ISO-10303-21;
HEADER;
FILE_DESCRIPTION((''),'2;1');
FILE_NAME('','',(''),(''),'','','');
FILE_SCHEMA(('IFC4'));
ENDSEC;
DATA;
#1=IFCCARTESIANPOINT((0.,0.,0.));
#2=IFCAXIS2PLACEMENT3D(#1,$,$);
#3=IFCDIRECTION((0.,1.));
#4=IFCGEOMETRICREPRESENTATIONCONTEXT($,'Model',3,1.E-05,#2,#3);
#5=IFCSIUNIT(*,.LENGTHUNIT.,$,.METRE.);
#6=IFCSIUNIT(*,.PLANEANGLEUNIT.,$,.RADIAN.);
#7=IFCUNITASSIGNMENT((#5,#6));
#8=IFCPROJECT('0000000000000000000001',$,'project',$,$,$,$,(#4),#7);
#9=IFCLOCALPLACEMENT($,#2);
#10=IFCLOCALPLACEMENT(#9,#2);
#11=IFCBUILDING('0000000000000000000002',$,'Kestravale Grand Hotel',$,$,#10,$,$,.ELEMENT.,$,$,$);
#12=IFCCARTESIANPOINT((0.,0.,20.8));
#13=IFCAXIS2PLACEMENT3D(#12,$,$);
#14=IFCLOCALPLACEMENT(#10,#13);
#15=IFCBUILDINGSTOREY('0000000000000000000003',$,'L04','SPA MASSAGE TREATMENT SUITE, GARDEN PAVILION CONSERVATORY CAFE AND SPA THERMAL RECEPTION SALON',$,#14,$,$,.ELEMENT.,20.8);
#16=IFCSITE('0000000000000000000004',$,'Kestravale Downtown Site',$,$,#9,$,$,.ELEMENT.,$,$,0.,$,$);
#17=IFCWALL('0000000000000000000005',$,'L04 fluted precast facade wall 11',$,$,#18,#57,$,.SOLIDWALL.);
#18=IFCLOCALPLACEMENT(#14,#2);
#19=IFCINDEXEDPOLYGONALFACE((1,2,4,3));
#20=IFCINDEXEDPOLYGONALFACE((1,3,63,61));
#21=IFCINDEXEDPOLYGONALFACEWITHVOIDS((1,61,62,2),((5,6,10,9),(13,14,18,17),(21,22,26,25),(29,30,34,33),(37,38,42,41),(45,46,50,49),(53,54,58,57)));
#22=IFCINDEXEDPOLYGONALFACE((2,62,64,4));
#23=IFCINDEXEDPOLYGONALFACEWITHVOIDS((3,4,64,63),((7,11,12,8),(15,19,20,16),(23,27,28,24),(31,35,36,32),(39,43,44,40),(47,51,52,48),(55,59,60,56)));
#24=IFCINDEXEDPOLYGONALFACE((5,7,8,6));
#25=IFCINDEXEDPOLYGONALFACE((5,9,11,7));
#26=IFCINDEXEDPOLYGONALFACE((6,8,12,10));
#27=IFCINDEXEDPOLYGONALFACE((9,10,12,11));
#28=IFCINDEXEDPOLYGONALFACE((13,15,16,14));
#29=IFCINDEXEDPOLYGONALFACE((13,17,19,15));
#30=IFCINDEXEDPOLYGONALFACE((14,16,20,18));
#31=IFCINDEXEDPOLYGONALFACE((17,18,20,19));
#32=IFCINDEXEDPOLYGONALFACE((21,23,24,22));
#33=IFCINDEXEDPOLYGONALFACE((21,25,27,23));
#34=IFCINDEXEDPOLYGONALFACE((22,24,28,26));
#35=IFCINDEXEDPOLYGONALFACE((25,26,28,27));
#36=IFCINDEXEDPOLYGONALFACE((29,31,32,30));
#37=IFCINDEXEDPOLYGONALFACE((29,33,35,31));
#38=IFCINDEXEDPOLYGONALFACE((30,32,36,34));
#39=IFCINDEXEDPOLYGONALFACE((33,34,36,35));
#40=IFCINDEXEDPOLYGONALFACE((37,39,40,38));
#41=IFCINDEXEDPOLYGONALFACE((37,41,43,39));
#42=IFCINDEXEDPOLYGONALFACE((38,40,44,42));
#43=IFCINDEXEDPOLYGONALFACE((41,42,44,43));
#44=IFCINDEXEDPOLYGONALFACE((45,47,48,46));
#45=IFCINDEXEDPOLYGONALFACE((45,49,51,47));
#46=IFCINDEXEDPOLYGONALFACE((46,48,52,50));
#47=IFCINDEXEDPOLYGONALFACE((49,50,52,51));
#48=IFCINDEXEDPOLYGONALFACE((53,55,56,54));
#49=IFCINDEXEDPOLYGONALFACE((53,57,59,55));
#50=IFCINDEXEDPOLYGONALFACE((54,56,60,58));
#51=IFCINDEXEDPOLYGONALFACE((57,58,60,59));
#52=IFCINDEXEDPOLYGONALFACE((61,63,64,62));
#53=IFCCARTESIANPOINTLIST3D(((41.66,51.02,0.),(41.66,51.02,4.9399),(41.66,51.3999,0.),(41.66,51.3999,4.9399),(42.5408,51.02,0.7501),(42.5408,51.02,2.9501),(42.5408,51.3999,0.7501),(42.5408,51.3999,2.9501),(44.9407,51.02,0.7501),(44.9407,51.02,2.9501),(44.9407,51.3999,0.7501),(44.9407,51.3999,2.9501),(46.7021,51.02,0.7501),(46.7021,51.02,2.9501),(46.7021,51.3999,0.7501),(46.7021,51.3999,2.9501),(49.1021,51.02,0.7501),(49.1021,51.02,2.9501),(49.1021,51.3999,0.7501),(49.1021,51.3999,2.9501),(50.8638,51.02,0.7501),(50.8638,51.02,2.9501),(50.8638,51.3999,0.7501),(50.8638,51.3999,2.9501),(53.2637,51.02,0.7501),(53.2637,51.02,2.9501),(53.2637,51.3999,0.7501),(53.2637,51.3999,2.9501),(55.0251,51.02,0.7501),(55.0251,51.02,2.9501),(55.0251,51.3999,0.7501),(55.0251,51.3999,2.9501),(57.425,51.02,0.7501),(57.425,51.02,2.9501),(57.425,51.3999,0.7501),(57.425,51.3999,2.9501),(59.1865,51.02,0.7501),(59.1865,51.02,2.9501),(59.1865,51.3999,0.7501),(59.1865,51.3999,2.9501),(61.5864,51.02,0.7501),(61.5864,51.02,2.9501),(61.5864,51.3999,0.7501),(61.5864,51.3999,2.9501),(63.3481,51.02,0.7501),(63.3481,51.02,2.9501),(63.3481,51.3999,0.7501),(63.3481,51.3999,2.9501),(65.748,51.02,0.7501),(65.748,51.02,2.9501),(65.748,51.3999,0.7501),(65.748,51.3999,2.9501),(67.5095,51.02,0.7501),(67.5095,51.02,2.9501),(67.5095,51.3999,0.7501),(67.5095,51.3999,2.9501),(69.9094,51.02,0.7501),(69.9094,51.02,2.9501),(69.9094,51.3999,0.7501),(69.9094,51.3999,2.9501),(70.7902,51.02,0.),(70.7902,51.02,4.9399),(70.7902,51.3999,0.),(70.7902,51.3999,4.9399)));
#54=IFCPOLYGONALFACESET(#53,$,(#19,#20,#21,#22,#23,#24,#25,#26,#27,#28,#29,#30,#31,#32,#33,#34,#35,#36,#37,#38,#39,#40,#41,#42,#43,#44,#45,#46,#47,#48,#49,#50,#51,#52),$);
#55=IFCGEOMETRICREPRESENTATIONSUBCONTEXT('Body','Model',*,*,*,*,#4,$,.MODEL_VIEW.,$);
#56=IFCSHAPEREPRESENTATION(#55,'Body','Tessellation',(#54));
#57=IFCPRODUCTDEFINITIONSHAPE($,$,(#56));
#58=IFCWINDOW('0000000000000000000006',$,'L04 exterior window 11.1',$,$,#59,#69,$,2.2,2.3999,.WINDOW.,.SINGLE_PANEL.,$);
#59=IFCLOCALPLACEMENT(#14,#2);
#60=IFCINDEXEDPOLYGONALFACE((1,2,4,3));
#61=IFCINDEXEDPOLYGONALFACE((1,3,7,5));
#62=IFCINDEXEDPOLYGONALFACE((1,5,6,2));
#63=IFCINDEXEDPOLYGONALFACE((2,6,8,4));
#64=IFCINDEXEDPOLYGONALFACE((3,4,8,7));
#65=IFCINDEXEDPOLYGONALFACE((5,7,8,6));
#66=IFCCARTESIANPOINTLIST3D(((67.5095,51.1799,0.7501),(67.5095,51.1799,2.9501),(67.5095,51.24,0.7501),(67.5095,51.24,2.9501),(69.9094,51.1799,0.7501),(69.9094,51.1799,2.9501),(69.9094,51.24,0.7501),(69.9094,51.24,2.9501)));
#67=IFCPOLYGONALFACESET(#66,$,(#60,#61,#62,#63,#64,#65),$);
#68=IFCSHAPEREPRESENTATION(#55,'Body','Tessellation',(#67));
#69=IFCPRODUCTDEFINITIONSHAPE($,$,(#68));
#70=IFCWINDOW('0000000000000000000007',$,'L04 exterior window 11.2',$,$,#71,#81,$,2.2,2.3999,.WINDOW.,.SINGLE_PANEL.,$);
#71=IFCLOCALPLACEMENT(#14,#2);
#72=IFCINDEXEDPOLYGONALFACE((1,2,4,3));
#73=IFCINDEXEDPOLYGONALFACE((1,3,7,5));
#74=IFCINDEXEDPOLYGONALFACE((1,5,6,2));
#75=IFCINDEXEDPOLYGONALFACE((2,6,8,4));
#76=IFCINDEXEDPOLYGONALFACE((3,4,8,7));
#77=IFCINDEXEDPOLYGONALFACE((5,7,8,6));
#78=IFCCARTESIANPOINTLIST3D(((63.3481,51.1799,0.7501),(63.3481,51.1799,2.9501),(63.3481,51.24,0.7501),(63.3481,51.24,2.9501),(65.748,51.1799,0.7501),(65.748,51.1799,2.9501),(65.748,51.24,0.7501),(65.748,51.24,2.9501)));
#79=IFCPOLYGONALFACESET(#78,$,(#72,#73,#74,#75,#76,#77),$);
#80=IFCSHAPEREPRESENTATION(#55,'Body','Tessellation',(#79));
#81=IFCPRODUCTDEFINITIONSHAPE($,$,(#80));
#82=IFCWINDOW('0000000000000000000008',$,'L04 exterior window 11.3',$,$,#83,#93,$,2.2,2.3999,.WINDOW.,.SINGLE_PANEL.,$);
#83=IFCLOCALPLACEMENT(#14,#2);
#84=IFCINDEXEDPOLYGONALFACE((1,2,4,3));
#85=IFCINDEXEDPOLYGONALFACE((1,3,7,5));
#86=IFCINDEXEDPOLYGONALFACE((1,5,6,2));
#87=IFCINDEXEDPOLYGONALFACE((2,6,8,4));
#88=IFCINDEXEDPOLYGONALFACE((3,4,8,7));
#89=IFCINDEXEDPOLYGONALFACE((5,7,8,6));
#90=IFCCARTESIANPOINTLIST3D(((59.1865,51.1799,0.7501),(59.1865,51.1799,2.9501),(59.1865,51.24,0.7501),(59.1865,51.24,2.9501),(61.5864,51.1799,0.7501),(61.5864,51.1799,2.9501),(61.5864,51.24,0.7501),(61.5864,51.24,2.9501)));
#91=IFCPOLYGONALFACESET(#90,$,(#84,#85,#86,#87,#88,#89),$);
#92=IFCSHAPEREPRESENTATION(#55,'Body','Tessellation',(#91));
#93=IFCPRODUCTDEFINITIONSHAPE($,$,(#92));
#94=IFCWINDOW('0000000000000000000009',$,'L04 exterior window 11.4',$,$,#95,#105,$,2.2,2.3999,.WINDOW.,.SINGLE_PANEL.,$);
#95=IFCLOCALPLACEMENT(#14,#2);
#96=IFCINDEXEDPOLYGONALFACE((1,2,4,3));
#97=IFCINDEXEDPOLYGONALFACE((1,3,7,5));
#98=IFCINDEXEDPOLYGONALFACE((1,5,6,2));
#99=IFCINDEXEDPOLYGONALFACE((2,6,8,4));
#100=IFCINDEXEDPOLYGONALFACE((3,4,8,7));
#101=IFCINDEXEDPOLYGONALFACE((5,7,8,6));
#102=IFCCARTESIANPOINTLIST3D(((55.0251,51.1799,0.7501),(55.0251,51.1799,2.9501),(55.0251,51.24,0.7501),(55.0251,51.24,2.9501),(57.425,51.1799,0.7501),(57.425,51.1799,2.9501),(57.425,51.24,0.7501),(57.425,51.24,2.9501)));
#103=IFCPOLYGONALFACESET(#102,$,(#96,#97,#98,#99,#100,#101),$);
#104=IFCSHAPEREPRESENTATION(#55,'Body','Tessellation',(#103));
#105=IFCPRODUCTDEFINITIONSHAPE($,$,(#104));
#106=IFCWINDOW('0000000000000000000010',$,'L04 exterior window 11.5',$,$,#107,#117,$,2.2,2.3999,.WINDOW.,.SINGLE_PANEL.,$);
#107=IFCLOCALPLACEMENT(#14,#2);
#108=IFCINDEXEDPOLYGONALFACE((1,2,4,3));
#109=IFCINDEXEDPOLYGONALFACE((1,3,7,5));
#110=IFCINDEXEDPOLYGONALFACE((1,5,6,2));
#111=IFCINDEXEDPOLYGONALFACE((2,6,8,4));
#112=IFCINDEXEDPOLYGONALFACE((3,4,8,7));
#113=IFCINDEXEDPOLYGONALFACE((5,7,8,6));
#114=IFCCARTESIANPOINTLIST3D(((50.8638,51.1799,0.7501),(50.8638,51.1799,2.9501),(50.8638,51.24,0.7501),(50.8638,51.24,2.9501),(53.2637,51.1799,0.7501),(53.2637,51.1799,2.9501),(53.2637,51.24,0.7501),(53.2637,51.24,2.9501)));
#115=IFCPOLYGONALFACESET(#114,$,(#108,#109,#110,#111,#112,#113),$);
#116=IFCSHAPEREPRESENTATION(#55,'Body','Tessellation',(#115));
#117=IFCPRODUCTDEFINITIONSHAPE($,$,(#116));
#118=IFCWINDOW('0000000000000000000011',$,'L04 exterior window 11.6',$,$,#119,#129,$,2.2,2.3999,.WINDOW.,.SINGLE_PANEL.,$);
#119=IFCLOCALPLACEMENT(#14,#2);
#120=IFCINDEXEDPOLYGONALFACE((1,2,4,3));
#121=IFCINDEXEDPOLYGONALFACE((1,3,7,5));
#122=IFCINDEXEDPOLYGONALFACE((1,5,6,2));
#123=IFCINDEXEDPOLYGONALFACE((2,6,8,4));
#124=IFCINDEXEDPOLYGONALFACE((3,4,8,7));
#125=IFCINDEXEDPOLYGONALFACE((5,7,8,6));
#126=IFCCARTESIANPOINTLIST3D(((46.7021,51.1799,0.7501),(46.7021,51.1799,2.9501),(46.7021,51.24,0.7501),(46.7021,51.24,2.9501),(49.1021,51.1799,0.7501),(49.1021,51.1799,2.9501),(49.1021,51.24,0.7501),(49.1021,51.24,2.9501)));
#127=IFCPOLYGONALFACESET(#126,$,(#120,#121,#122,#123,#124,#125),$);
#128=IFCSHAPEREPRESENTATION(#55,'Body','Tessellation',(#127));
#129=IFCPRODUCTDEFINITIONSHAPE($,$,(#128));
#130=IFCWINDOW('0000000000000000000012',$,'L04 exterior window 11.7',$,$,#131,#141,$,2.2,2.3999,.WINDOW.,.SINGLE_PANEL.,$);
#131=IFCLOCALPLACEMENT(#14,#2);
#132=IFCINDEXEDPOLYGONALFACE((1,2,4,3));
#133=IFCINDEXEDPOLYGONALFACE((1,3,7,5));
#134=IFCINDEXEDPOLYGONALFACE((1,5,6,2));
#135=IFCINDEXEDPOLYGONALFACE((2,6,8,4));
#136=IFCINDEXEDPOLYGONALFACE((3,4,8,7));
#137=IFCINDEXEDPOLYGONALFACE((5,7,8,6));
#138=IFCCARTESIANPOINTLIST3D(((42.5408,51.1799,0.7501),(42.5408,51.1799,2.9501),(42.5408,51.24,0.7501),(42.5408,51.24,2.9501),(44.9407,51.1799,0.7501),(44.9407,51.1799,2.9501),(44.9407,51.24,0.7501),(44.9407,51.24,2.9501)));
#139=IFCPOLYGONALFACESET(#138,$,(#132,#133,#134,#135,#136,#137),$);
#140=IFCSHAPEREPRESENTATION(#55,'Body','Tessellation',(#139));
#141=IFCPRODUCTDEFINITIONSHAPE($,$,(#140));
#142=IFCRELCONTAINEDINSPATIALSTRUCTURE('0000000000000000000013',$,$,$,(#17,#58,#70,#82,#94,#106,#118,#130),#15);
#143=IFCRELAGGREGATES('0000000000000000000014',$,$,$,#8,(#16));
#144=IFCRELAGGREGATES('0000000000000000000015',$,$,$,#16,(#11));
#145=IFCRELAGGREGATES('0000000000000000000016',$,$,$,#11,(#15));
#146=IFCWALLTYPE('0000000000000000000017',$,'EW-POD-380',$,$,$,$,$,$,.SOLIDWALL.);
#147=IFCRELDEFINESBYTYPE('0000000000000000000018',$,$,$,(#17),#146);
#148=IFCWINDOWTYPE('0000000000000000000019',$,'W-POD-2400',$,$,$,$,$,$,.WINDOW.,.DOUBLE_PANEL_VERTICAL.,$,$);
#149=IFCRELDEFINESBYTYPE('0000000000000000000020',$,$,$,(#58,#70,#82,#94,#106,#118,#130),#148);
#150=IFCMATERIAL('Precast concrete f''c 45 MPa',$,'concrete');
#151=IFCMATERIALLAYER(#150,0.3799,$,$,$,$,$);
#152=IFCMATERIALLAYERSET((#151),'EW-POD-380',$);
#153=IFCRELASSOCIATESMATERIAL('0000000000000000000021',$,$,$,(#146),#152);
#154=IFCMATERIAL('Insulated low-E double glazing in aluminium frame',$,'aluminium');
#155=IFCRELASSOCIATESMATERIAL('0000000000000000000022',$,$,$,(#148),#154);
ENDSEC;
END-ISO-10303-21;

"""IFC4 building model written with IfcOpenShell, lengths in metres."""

from ifc_helpers import new_model, si_unit, direction, frame, frame_2d, origin, place, context, subcontext, project, spatial, rectangle, extrude, material, layer, layer_set, type_object, element, fill, save


model = new_model("IFC4")

# Units and contexts
model_context = context("Model", 3, precision=1e-05, world=origin(), true_north=direction((0.0, 1.0)))
body_context = subcontext(model_context, "Body", "Model", "MODEL_VIEW")
ifc_project = project(units=[si_unit("LENGTHUNIT", "METRE"), si_unit("PLANEANGLEUNIT", "RADIAN")], contexts=[model_context])

# Site, building, storey
site_placement = place(None, origin())
site = spatial("IfcSite", under=ifc_project, at=site_placement, Name="Kestravale Downtown Site", CompositionType="ELEMENT", RefElevation=0.0)
building_placement = place(site_placement, origin())
building = spatial("IfcBuilding", under=site, at=building_placement, Name="Kestravale Grand Hotel", CompositionType="ELEMENT")
storey_placement = place(building_placement, frame((0.0, 0.0, 20.8)))
storey = spatial("IfcBuildingStorey", under=building, at=storey_placement, Name="L04", Description="SPA MASSAGE TREATMENT SUITE, GARDEN PAVILION CONSERVATORY CAFE AND SPA THERMAL RECEPTION SALON", CompositionType="ELEMENT", Elevation=20.8)

# Shared definitions
ifc_material_1 = material(Name="Precast concrete f'c 45 MPa", Category="concrete")
ifc_layer = layer(ifc_material_1, 0.3799)
ifc_layer_set = layer_set([ifc_layer], Name="EW-POD-380")
wall_type = type_object("IfcWallType", Name="EW-POD-380", PredefinedType="SOLIDWALL", material=ifc_layer_set)

# Wall, openings, windows
wall_1_placement = place(storey_placement, frame((70.79, 51.21, 0.0), z_axis=(0.0, 0.0, 1.0), x_axis=(-1.0, 0.0, 0.0)))
wall_1 = element("IfcWall", 1, at=wall_1_placement, inside=storey, type_object=wall_type, Name="L04 fluted precast facade wall 11", PredefinedType="SOLIDWALL", context=body_context, shape_type="SweptSolid", body=[
    extrude(rectangle(XDim=29.1301, YDim=0.3799, at=frame_2d((14.5649, 0.0))), origin(), (0.0, 0.0, 1.0), 4.9399),
])
opening_1_placement = place(wall_1_placement, frame((0.8806, 0.0, 0.75)))
opening_1 = element("IfcOpeningElement", 2, at=opening_1_placement, cuts=wall_1, PredefinedType="OPENING", context=body_context, shape_type="SweptSolid", body=[
    extrude(rectangle(XDim=2.3999, YDim=2.2, at=frame_2d((1.2, 1.1001))), frame((0.0, 0.2, 0.0), z_axis=(0.0, -1.0, 0.0), x_axis=(1.0, 0.0, 0.0)), (0.0, 0.0, 1.0), 0.3999),
])
opening_2_placement = place(wall_1_placement, frame((5.042, 0.0, 0.75)))
opening_2 = element("IfcOpeningElement", 3, at=opening_2_placement, cuts=wall_1, PredefinedType="OPENING", context=body_context, shape_type="SweptSolid", body=[
    extrude(rectangle(XDim=2.3999, YDim=2.2, at=frame_2d((1.2, 1.1001))), frame((0.0, 0.2, 0.0), z_axis=(0.0, -1.0, 0.0), x_axis=(1.0, 0.0, 0.0)), (0.0, 0.0, 1.0), 0.3999),
])
opening_3_placement = place(wall_1_placement, frame((9.2036, 0.0, 0.75)))
opening_3 = element("IfcOpeningElement", 4, at=opening_3_placement, cuts=wall_1, PredefinedType="OPENING", context=body_context, shape_type="SweptSolid", body=[
    extrude(rectangle(XDim=2.3999, YDim=2.2, at=frame_2d((1.2, 1.1001))), frame((0.0, 0.2, 0.0), z_axis=(0.0, -1.0, 0.0), x_axis=(1.0, 0.0, 0.0)), (0.0, 0.0, 1.0), 0.3999),
])
opening_4_placement = place(wall_1_placement, frame((13.365, 0.0, 0.75)))
opening_4 = element("IfcOpeningElement", 5, at=opening_4_placement, cuts=wall_1, PredefinedType="OPENING", context=body_context, shape_type="SweptSolid", body=[
    extrude(rectangle(XDim=2.3999, YDim=2.2, at=frame_2d((1.2, 1.1001))), frame((0.0, 0.2, 0.0), z_axis=(0.0, -1.0, 0.0), x_axis=(1.0, 0.0, 0.0)), (0.0, 0.0, 1.0), 0.3999),
])
opening_5_placement = place(wall_1_placement, frame((17.5264, 0.0, 0.75)))
opening_5 = element("IfcOpeningElement", 6, at=opening_5_placement, cuts=wall_1, PredefinedType="OPENING", context=body_context, shape_type="SweptSolid", body=[
    extrude(rectangle(XDim=2.3999, YDim=2.2, at=frame_2d((1.2, 1.1001))), frame((0.0, 0.2, 0.0), z_axis=(0.0, -1.0, 0.0), x_axis=(1.0, 0.0, 0.0)), (0.0, 0.0, 1.0), 0.3999),
])
opening_6_placement = place(wall_1_placement, frame((21.688, 0.0, 0.75)))
opening_6 = element("IfcOpeningElement", 7, at=opening_6_placement, cuts=wall_1, PredefinedType="OPENING", context=body_context, shape_type="SweptSolid", body=[
    extrude(rectangle(XDim=2.3999, YDim=2.2, at=frame_2d((1.2, 1.1001))), frame((0.0, 0.2, 0.0), z_axis=(0.0, -1.0, 0.0), x_axis=(1.0, 0.0, 0.0)), (0.0, 0.0, 1.0), 0.3999),
])
opening_7_placement = place(wall_1_placement, frame((25.8494, 0.0, 0.75)))
opening_7 = element("IfcOpeningElement", 8, at=opening_7_placement, cuts=wall_1, PredefinedType="OPENING", context=body_context, shape_type="SweptSolid", body=[
    extrude(rectangle(XDim=2.3999, YDim=2.2, at=frame_2d((1.2, 1.1001))), frame((0.0, 0.2, 0.0), z_axis=(0.0, -1.0, 0.0), x_axis=(1.0, 0.0, 0.0)), (0.0, 0.0, 1.0), 0.3999),
])
ifc_material_2 = material(Name="Insulated low-E double glazing in aluminium frame", Category="aluminium")
window_type_1 = type_object("IfcWindowType", Name="W-POD-2400", PartitioningType="DOUBLE_PANEL_VERTICAL", PredefinedType="WINDOW", material=ifc_material_2)
window_1_placement = place(opening_1_placement, origin())
window_1 = element("IfcWindow", 9, at=window_1_placement, inside=storey, type_object=window_type_1, Name="L04 exterior window 11.1", OverallHeight=2.2, OverallWidth=2.3999, PartitioningType="SINGLE_PANEL", PredefinedType="WINDOW", context=body_context, shape_type="SweptSolid", body=[
    extrude(rectangle(XDim=2.3999, YDim=2.2, at=frame_2d((1.2, 1.1001))), frame((0.0, 0.03, 0.0), z_axis=(0.0, -1.0, 0.0), x_axis=(1.0, 0.0, 0.0)), (0.0, 0.0, 1.0), 0.0601),
])
fill(opening_1, window_1)
window_2_placement = place(opening_2_placement, origin())
window_2 = element("IfcWindow", 10, at=window_2_placement, inside=storey, type_object=window_type_1, Name="L04 exterior window 11.2", OverallHeight=2.2, OverallWidth=2.3999, PartitioningType="SINGLE_PANEL", PredefinedType="WINDOW", context=body_context, shape_type="SweptSolid", body=[
    extrude(rectangle(XDim=2.3999, YDim=2.2, at=frame_2d((1.2, 1.1001))), frame((0.0, 0.03, 0.0), z_axis=(0.0, -1.0, 0.0), x_axis=(1.0, 0.0, 0.0)), (0.0, 0.0, 1.0), 0.0601),
])
fill(opening_2, window_2)
window_3_placement = place(opening_3_placement, origin())
window_3 = element("IfcWindow", 11, at=window_3_placement, inside=storey, type_object=window_type_1, Name="L04 exterior window 11.3", OverallHeight=2.2, OverallWidth=2.3999, PartitioningType="SINGLE_PANEL", PredefinedType="WINDOW", context=body_context, shape_type="SweptSolid", body=[
    extrude(rectangle(XDim=2.3999, YDim=2.2, at=frame_2d((1.2, 1.1001))), frame((0.0, 0.03, 0.0), z_axis=(0.0, -1.0, 0.0), x_axis=(1.0, 0.0, 0.0)), (0.0, 0.0, 1.0), 0.0601),
])
fill(opening_3, window_3)
window_4_placement = place(opening_4_placement, origin())
window_4 = element("IfcWindow", 12, at=window_4_placement, inside=storey, type_object=window_type_1, Name="L04 exterior window 11.4", OverallHeight=2.2, OverallWidth=2.3999, PartitioningType="SINGLE_PANEL", PredefinedType="WINDOW", context=body_context, shape_type="SweptSolid", body=[
    extrude(rectangle(XDim=2.3999, YDim=2.2, at=frame_2d((1.2, 1.1001))), frame((0.0, 0.03, 0.0), z_axis=(0.0, -1.0, 0.0), x_axis=(1.0, 0.0, 0.0)), (0.0, 0.0, 1.0), 0.0601),
])
fill(opening_4, window_4)
window_5_placement = place(opening_5_placement, origin())
window_5 = element("IfcWindow", 13, at=window_5_placement, inside=storey, type_object=window_type_1, Name="L04 exterior window 11.5", OverallHeight=2.2, OverallWidth=2.3999, PartitioningType="SINGLE_PANEL", PredefinedType="WINDOW", context=body_context, shape_type="SweptSolid", body=[
    extrude(rectangle(XDim=2.3999, YDim=2.2, at=frame_2d((1.2, 1.1001))), frame((0.0, 0.03, 0.0), z_axis=(0.0, -1.0, 0.0), x_axis=(1.0, 0.0, 0.0)), (0.0, 0.0, 1.0), 0.0601),
])
fill(opening_5, window_5)
window_6_placement = place(opening_6_placement, origin())
window_6 = element("IfcWindow", 14, at=window_6_placement, inside=storey, type_object=window_type_1, Name="L04 exterior window 11.6", OverallHeight=2.2, OverallWidth=2.3999, PartitioningType="SINGLE_PANEL", PredefinedType="WINDOW", context=body_context, shape_type="SweptSolid", body=[
    extrude(rectangle(XDim=2.3999, YDim=2.2, at=frame_2d((1.2, 1.1001))), frame((0.0, 0.03, 0.0), z_axis=(0.0, -1.0, 0.0), x_axis=(1.0, 0.0, 0.0)), (0.0, 0.0, 1.0), 0.0601),
])
fill(opening_6, window_6)
window_7_placement = place(opening_7_placement, origin())
window_7 = element("IfcWindow", 15, at=window_7_placement, inside=storey, type_object=window_type_1, Name="L04 exterior window 11.7", OverallHeight=2.2, OverallWidth=2.3999, PartitioningType="SINGLE_PANEL", PredefinedType="WINDOW", context=body_context, shape_type="SweptSolid", body=[
    extrude(rectangle(XDim=2.3999, YDim=2.2, at=frame_2d((1.2, 1.1001))), frame((0.0, 0.03, 0.0), z_axis=(0.0, -1.0, 0.0), x_axis=(1.0, 0.0, 0.0)), (0.0, 0.0, 1.0), 0.0601),
])
fill(opening_7, window_7)

save(model, "model.ifc")
